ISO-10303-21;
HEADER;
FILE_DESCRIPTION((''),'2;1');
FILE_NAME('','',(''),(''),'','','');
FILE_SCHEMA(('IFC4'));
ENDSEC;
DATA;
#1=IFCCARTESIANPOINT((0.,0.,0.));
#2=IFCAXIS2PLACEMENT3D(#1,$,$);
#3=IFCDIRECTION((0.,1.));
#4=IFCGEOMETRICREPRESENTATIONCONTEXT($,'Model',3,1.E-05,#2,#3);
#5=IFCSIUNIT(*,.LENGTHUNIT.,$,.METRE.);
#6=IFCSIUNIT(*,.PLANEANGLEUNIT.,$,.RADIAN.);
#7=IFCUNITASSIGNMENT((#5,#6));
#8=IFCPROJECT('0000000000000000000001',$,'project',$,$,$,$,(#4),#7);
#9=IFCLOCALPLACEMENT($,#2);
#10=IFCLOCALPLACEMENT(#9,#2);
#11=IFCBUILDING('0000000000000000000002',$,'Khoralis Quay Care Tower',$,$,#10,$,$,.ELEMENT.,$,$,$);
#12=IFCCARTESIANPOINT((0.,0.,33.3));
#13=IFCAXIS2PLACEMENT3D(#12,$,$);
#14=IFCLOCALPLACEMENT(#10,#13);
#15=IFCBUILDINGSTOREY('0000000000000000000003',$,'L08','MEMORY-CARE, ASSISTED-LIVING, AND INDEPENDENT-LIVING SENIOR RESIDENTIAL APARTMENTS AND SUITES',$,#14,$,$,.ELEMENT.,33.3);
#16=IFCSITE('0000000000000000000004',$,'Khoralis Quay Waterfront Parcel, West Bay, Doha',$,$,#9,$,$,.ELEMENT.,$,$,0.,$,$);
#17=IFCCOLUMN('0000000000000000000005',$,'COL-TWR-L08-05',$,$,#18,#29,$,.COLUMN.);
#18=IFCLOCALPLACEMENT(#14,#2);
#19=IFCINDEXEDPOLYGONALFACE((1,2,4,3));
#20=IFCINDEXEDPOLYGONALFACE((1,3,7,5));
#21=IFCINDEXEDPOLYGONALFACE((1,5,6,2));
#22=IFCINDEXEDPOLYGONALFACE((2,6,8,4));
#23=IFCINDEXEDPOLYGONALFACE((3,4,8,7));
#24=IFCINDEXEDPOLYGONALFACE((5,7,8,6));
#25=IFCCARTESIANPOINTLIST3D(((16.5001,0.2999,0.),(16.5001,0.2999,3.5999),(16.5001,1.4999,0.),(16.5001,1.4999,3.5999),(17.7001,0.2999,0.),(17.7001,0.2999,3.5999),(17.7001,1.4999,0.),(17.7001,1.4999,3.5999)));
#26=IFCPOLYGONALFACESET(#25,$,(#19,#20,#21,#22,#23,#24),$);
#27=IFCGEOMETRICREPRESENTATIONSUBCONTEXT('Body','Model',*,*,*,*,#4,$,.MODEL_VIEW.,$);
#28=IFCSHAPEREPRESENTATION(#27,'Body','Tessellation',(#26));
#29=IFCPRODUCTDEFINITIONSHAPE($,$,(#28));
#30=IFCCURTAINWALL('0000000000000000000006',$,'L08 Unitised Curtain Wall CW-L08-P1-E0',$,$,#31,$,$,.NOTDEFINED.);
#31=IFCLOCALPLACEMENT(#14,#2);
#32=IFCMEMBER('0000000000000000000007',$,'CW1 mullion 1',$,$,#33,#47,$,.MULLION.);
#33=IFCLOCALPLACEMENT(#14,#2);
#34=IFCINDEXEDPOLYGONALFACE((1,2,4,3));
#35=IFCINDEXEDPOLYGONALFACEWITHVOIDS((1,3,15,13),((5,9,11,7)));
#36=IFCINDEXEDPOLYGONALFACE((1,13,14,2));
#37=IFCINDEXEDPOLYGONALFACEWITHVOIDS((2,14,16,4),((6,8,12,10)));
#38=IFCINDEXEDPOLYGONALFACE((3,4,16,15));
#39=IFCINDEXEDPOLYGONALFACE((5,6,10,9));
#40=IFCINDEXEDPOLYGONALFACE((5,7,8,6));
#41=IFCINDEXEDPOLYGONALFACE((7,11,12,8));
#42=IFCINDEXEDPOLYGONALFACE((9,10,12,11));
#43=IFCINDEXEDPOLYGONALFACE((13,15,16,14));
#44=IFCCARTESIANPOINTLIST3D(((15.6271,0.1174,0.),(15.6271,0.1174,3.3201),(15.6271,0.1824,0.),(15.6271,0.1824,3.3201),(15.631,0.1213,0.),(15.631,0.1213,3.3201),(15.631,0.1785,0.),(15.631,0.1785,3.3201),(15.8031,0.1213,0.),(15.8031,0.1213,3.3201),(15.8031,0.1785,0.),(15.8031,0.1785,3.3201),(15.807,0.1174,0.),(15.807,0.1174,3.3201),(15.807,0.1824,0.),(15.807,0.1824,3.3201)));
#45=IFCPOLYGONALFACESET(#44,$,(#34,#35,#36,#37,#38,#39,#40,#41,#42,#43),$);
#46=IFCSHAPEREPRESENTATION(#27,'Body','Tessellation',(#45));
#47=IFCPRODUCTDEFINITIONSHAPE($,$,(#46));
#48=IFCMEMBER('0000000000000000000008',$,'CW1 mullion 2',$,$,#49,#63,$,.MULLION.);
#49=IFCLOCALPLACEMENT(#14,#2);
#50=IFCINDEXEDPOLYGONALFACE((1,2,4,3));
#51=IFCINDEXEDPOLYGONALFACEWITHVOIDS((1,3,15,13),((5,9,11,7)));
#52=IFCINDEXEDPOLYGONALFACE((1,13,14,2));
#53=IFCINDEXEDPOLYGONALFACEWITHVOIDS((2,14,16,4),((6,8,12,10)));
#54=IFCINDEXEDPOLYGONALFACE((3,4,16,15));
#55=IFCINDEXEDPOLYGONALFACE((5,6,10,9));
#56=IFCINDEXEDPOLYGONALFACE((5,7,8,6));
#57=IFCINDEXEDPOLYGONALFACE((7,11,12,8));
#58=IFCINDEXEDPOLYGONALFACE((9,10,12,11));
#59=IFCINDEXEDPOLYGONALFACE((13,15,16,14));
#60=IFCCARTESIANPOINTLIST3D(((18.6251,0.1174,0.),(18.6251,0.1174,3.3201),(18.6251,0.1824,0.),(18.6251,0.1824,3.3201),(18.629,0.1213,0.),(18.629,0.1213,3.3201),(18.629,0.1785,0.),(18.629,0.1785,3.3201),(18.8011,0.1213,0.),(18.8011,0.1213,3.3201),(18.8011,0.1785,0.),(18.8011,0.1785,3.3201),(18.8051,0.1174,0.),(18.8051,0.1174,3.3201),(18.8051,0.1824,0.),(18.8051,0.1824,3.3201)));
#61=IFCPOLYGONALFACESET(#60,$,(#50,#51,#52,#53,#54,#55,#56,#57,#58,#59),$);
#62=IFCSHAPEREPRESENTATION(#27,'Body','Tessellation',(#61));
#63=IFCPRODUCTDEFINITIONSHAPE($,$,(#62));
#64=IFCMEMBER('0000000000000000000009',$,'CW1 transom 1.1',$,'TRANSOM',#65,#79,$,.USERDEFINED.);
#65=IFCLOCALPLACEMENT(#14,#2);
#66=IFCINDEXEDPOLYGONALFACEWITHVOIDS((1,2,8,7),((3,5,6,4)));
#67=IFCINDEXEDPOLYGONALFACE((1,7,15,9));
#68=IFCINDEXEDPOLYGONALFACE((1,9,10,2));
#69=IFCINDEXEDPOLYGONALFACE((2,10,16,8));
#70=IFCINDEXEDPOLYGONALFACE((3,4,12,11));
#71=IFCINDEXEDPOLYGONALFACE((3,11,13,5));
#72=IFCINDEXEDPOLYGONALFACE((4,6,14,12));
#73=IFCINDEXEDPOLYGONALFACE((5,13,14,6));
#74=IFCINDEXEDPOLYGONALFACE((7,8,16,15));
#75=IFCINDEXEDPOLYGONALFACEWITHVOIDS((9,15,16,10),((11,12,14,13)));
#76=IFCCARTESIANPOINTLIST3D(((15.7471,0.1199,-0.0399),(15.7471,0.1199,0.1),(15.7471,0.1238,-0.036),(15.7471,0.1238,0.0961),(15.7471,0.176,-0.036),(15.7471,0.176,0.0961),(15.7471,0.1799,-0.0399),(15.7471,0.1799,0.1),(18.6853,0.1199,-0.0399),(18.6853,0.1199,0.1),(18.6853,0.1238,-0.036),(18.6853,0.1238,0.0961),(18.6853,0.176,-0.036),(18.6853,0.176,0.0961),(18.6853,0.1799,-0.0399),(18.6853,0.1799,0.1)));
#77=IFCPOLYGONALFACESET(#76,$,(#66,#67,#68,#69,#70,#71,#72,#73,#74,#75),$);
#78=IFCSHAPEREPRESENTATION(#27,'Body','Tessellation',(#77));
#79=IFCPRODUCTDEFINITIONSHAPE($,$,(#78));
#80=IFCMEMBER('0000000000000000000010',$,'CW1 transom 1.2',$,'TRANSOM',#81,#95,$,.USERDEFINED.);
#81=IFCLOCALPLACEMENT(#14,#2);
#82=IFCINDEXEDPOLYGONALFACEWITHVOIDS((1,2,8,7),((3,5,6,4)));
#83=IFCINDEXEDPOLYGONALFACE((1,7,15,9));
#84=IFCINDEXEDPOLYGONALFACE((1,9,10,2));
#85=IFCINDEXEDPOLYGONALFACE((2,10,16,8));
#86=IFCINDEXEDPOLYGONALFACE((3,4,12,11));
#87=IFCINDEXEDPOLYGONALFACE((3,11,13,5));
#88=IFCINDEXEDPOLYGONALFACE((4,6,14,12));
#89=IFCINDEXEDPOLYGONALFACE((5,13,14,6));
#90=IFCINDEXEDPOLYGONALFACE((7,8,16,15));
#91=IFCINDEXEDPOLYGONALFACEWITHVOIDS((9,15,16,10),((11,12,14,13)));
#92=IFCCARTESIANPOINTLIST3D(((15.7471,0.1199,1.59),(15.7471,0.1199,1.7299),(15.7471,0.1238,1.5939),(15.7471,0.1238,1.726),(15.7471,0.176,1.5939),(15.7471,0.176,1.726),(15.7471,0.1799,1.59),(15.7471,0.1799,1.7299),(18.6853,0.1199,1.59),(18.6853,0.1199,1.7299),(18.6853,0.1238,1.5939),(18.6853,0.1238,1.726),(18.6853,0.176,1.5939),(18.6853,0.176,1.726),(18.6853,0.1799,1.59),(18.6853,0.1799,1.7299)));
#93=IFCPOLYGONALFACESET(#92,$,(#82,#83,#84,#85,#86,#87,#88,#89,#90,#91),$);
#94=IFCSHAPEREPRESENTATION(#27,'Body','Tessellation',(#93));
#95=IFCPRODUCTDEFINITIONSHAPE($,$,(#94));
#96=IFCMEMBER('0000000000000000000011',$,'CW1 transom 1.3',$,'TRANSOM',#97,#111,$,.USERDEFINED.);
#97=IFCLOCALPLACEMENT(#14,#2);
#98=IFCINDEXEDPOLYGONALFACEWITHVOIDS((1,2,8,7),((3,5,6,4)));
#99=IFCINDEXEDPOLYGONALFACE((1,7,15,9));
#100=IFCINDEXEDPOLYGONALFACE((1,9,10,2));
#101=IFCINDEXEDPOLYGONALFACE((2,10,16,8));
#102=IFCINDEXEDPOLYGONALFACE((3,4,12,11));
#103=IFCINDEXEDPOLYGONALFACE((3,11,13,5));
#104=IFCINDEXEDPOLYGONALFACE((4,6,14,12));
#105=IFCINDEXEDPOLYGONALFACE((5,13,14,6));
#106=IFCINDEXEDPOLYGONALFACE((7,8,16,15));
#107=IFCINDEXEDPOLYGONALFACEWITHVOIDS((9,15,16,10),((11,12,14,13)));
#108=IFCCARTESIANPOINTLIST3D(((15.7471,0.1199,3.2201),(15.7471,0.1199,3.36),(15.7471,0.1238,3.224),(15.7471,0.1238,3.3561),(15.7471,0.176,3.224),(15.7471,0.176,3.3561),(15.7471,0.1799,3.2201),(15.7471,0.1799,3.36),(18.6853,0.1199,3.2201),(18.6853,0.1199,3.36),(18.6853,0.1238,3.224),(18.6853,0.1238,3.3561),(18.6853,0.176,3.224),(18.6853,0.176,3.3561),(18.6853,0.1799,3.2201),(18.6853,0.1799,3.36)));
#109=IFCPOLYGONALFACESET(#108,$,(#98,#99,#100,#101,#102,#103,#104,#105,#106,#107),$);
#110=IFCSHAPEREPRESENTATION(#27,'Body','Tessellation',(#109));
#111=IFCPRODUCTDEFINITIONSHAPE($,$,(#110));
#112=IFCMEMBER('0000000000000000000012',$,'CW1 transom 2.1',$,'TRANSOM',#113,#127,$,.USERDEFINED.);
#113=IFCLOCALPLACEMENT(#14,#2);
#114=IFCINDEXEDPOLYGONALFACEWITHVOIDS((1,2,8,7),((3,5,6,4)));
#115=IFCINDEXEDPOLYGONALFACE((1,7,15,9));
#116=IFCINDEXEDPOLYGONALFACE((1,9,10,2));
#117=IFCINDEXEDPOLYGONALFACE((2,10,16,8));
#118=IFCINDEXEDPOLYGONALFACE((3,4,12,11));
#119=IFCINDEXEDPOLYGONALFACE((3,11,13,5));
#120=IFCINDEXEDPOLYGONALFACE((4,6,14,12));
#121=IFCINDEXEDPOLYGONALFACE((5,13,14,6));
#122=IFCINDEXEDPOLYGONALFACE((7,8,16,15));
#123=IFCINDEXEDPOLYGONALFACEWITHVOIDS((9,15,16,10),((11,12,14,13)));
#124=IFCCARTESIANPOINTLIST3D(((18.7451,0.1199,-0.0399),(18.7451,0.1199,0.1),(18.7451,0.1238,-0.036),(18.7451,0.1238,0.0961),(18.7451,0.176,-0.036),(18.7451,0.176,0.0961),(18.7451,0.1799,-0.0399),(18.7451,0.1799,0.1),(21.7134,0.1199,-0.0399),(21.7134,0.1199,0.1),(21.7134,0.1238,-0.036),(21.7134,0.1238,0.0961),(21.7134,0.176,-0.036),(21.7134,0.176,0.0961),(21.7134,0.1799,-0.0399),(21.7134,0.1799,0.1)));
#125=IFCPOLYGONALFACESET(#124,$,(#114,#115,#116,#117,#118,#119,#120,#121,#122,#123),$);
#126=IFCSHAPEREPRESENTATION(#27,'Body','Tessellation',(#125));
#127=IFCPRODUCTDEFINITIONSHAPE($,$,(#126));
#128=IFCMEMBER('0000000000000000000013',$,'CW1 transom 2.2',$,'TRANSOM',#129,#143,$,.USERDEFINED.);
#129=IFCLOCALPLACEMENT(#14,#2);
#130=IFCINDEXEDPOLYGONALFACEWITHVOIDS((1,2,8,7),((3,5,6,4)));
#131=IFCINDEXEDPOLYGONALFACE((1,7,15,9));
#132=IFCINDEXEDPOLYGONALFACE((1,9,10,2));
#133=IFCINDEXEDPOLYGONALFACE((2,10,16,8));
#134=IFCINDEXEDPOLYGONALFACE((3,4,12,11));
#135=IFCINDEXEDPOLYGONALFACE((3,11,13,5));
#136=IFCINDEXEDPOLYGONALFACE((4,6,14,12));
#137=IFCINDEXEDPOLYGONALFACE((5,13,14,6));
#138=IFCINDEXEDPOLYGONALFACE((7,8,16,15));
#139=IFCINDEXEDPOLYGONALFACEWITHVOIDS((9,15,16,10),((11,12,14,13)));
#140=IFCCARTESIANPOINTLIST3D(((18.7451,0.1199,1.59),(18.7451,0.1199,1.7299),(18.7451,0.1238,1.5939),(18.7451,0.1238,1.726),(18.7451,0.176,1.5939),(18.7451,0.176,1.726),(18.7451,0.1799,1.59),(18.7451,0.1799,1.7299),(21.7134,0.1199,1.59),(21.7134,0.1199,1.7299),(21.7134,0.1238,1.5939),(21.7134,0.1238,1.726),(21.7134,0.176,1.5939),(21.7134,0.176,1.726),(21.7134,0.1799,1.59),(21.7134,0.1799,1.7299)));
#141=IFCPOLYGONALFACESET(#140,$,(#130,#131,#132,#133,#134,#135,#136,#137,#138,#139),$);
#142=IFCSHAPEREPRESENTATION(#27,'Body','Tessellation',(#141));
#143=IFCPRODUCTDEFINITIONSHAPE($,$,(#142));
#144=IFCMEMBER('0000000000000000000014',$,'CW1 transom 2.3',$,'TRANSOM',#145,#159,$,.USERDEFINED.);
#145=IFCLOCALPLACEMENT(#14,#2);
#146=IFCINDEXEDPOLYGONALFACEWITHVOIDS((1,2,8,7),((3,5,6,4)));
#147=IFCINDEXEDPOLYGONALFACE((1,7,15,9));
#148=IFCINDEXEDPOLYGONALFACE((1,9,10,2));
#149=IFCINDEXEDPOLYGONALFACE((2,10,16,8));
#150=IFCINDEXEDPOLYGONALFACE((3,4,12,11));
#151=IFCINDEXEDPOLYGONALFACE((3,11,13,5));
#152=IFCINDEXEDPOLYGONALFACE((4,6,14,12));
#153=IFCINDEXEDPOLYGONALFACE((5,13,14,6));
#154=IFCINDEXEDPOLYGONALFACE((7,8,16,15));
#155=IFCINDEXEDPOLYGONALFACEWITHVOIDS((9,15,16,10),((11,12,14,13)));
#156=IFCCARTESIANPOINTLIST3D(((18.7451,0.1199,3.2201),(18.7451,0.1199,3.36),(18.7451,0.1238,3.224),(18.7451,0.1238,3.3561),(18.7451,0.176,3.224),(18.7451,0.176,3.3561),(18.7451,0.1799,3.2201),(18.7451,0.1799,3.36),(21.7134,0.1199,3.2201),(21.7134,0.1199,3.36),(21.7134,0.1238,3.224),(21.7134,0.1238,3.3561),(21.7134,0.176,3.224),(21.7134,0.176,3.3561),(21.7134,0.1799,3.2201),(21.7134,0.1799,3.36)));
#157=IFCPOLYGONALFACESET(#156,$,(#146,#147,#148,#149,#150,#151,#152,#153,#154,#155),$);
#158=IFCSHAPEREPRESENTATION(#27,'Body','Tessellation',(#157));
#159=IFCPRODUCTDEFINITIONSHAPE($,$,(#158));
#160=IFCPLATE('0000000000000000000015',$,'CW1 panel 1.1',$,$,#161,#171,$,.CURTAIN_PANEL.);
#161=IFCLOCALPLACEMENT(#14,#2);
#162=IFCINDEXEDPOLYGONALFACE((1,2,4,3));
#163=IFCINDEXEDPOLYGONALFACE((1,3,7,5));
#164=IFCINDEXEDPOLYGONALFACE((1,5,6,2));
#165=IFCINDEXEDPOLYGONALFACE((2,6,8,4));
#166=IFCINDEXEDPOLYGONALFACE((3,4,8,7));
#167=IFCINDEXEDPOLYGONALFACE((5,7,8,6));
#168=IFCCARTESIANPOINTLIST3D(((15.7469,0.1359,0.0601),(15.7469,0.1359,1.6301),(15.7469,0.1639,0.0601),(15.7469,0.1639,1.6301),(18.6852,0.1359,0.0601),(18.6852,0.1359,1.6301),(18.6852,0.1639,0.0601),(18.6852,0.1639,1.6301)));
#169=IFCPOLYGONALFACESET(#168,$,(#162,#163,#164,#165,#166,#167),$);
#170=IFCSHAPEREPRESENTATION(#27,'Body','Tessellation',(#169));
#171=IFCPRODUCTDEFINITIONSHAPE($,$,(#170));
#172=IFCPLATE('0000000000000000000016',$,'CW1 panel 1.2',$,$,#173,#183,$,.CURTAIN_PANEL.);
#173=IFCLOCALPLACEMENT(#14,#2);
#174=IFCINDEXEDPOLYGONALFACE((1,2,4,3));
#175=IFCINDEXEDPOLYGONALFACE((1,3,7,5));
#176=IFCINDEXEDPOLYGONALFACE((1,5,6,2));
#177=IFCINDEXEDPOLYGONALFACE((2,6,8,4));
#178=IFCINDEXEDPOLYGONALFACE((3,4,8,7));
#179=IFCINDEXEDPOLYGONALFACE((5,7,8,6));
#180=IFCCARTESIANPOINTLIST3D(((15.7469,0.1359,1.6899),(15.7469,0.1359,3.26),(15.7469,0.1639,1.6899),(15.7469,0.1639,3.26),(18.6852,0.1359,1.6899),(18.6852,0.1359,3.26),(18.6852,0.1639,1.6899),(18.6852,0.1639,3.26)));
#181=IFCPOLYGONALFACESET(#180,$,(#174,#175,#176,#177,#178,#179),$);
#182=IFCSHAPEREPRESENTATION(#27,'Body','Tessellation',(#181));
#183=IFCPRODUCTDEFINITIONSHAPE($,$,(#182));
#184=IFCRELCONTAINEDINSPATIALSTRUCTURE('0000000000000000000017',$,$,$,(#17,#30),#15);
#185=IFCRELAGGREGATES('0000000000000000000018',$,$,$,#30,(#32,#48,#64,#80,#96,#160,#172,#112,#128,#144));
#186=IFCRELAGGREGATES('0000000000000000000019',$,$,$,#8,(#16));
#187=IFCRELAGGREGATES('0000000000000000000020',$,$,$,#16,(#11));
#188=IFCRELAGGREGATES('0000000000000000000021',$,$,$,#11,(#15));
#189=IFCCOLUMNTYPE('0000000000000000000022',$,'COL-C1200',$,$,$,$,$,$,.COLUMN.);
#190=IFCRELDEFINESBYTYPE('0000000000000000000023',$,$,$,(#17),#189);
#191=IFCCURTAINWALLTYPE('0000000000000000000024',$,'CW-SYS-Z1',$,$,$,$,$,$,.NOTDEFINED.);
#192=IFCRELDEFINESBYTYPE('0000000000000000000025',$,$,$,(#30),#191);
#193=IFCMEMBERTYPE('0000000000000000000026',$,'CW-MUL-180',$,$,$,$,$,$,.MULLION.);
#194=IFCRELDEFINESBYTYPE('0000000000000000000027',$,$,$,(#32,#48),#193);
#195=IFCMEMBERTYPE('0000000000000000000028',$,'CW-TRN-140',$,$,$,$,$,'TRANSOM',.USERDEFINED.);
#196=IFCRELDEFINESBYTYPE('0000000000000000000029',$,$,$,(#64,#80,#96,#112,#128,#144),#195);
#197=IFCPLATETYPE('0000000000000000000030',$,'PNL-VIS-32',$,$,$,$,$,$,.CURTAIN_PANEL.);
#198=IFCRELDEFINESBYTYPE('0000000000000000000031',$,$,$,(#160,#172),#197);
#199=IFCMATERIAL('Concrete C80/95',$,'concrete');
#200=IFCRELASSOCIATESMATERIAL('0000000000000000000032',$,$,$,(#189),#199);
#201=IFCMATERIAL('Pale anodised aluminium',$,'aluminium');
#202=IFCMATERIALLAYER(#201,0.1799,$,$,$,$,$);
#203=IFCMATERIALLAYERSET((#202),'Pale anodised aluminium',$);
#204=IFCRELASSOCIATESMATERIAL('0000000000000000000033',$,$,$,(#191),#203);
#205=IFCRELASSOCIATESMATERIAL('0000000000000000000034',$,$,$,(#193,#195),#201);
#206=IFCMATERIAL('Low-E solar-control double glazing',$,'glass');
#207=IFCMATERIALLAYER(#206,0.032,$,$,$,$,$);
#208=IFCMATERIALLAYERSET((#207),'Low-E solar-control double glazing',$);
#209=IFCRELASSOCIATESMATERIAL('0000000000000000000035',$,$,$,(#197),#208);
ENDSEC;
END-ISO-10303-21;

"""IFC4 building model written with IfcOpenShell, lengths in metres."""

from ifc_helpers import new_model, si_unit, direction, frame, origin, origin_2d, place, context, subcontext, project, spatial, rectangle, hollow_rectangle, extrude, source, transform, mapped, material, layer, layer_set, material_profile, profile_set, type_object, element, aggregate, save


model = new_model("IFC4")

# Units and contexts
model_context = context("Model", 3, precision=1e-05, world=origin(), true_north=direction((0.0, 1.0)))
body_context = subcontext(model_context, "Body", "Model", "MODEL_VIEW")
ifc_project = project(units=[si_unit("LENGTHUNIT", "METRE"), si_unit("PLANEANGLEUNIT", "RADIAN")], contexts=[model_context])

# Site, building, storey
site_placement = place(None, origin())
site = spatial("IfcSite", under=ifc_project, at=site_placement, Name="Khoralis Quay Waterfront Parcel, West Bay, Doha", CompositionType="ELEMENT", RefElevation=0.0)
building_placement = place(site_placement, origin())
building = spatial("IfcBuilding", under=site, at=building_placement, Name="Khoralis Quay Care Tower", CompositionType="ELEMENT")
storey_placement = place(building_placement, frame((0.0, 0.0, 33.3)))
storey = spatial("IfcBuildingStorey", under=building, at=storey_placement, Name="L08", Description="MEMORY-CARE, ASSISTED-LIVING, AND INDEPENDENT-LIVING SENIOR RESIDENTIAL APARTMENTS AND SUITES", CompositionType="ELEMENT", Elevation=33.3)

# Column
ifc_material_1 = material(Name="Concrete C80/95", Category="concrete")
ifc_material_profile_1 = material_profile(ifc_material_1, rectangle(XDim=1.2, YDim=1.2, at=origin_2d()), Name="Concrete C80/95")
ifc_profile_set_1 = profile_set([ifc_material_profile_1], Name="Concrete C80/95")
column_type = type_object("IfcColumnType", Name="COL-C1200", PredefinedType="COLUMN", material=ifc_profile_set_1)
shared_shape_1 = source(origin(), body_context, "Body", "SweptSolid", [
    extrude(rectangle(XDim=1.2, YDim=1.2, at=origin_2d()), origin(), (0.0, 0.0, 1.0), 3.5999),
])
column_placement = place(storey_placement, frame((17.1001, 0.8999, 0.0), z_axis=(0.0, 0.0, 1.0), x_axis=(1.0, 0.0, 0.0)))
element("IfcColumn", 1, at=column_placement, inside=storey, type_object=column_type, Name="COL-TWR-L08-05", PredefinedType="COLUMN", context=body_context, shape_type="MappedRepresentation", body=[
    mapped(shared_shape_1, transform((0.0, 0.0, 0.0), scale=1.0)),
])

# Curtain wall, members, plates
ifc_material_2 = material(Name="Pale anodised aluminium", Category="aluminium")
ifc_layer_1 = layer(ifc_material_2, 0.1799)
ifc_layer_set_1 = layer_set([ifc_layer_1], Name="Pale anodised aluminium")
curtain_wall_type = type_object("IfcCurtainWallType", Name="CW-SYS-Z1", PredefinedType="NOTDEFINED", material=ifc_layer_set_1)
curtain_wall_placement = place(storey_placement, origin())
curtain_wall = element("IfcCurtainWall", 2, at=curtain_wall_placement, inside=storey, type_object=curtain_wall_type, Name="L08 Unitised Curtain Wall CW-L08-P1-E0", PredefinedType="NOTDEFINED")
ifc_material_profile_2 = material_profile(ifc_material_2, hollow_rectangle(XDim=0.0649, YDim=0.1799, WallThickness=0.0039, at=origin_2d()), Name="Pale anodised aluminium")
ifc_profile_set_2 = profile_set([ifc_material_profile_2], Name="Pale anodised aluminium")
member_type_1 = type_object("IfcMemberType", Name="CW-MUL-180", PredefinedType="MULLION", material=ifc_profile_set_2)
shared_shape_2 = source(origin(), body_context, "Body", "SweptSolid", [
    extrude(hollow_rectangle(XDim=0.0649, YDim=0.1799, WallThickness=0.0039, at=origin_2d()), origin(), (0.0, 0.0, 1.0), 3.3201),
])
member_1_placement = place(storey_placement, frame((15.717, 0.1499, 0.0), z_axis=(0.0, 0.0, 1.0), x_axis=(0.0, 1.0, 0.0)))
member_1 = element("IfcMember", 3, at=member_1_placement, type_object=member_type_1, Name="CW1 mullion 1", PredefinedType="MULLION", context=body_context, shape_type="MappedRepresentation", body=[
    mapped(shared_shape_2, transform((0.0, 0.0, 0.0), scale=1.0)),
])
member_2_placement = place(storey_placement, frame((18.7151, 0.1499, 0.0), z_axis=(0.0, 0.0, 1.0), x_axis=(0.0, 1.0, 0.0)))
member_2 = element("IfcMember", 4, at=member_2_placement, type_object=member_type_1, Name="CW1 mullion 2", PredefinedType="MULLION", context=body_context, shape_type="MappedRepresentation", body=[
    mapped(shared_shape_2, transform((0.0, 0.0, 0.0), scale=1.0)),
])
ifc_material_profile_3 = material_profile(ifc_material_2, hollow_rectangle(XDim=0.0601, YDim=0.1399, WallThickness=0.0039, at=origin_2d()), Name="Pale anodised aluminium")
ifc_profile_set_3 = profile_set([ifc_material_profile_3], Name="Pale anodised aluminium")
member_type_2 = type_object("IfcMemberType", Name="CW-TRN-140", ElementType="TRANSOM", PredefinedType="USERDEFINED", material=ifc_profile_set_3)
shared_shape_3 = source(origin(), body_context, "Body", "SweptSolid", [
    extrude(hollow_rectangle(XDim=0.0601, YDim=0.1399, WallThickness=0.0039, at=origin_2d()), origin(), (0.0, 0.0, 1.0), 2.9382),
])
member_3_placement = place(storey_placement, frame((15.7471, 0.1499, 0.03), z_axis=(1.0, 0.0, 0.0), x_axis=(0.0, 1.0, 0.0)))
member_3 = element("IfcMember", 5, at=member_3_placement, type_object=member_type_2, Name="CW1 transom 1.1", ObjectType="TRANSOM", PredefinedType="USERDEFINED", context=body_context, shape_type="MappedRepresentation", body=[
    mapped(shared_shape_3, transform((0.0, 0.0, 0.0), scale=1.0)),
])
member_4_placement = place(storey_placement, frame((15.7471, 0.1499, 1.6599), z_axis=(1.0, 0.0, 0.0), x_axis=(0.0, 1.0, 0.0)))
member_4 = element("IfcMember", 6, at=member_4_placement, type_object=member_type_2, Name="CW1 transom 1.2", ObjectType="TRANSOM", PredefinedType="USERDEFINED", context=body_context, shape_type="MappedRepresentation", body=[
    mapped(shared_shape_3, transform((0.0, 0.0, 0.0), scale=1.0)),
])
member_5_placement = place(storey_placement, frame((15.7471, 0.1499, 3.29), z_axis=(1.0, 0.0, 0.0), x_axis=(0.0, 1.0, 0.0)))
member_5 = element("IfcMember", 7, at=member_5_placement, type_object=member_type_2, Name="CW1 transom 1.3", ObjectType="TRANSOM", PredefinedType="USERDEFINED", context=body_context, shape_type="MappedRepresentation", body=[
    mapped(shared_shape_3, transform((0.0, 0.0, 0.0), scale=1.0)),
])
shared_shape_4 = source(origin(), body_context, "Body", "SweptSolid", [
    extrude(hollow_rectangle(XDim=0.0601, YDim=0.1399, WallThickness=0.0039, at=origin_2d()), origin(), (0.0, 0.0, 1.0), 2.9683),
])
member_6_placement = place(storey_placement, frame((18.7451, 0.1499, 0.03), z_axis=(1.0, 0.0, 0.0), x_axis=(0.0, 1.0, 0.0)))
member_6 = element("IfcMember", 8, at=member_6_placement, type_object=member_type_2, Name="CW1 transom 2.1", ObjectType="TRANSOM", PredefinedType="USERDEFINED", context=body_context, shape_type="MappedRepresentation", body=[
    mapped(shared_shape_4, transform((0.0, 0.0, 0.0), scale=1.0)),
])
member_7_placement = place(storey_placement, frame((18.7451, 0.1499, 1.6599), z_axis=(1.0, 0.0, 0.0), x_axis=(0.0, 1.0, 0.0)))
member_7 = element("IfcMember", 9, at=member_7_placement, type_object=member_type_2, Name="CW1 transom 2.2", ObjectType="TRANSOM", PredefinedType="USERDEFINED", context=body_context, shape_type="MappedRepresentation", body=[
    mapped(shared_shape_4, transform((0.0, 0.0, 0.0), scale=1.0)),
])
member_8_placement = place(storey_placement, frame((18.7451, 0.1499, 3.29), z_axis=(1.0, 0.0, 0.0), x_axis=(0.0, 1.0, 0.0)))
member_8 = element("IfcMember", 10, at=member_8_placement, type_object=member_type_2, Name="CW1 transom 2.3", ObjectType="TRANSOM", PredefinedType="USERDEFINED", context=body_context, shape_type="MappedRepresentation", body=[
    mapped(shared_shape_4, transform((0.0, 0.0, 0.0), scale=1.0)),
])
ifc_material_3 = material(Name="Low-E solar-control double glazing", Category="glass")
ifc_layer_2 = layer(ifc_material_3, 0.032)
ifc_layer_set_2 = layer_set([ifc_layer_2], Name="Low-E solar-control double glazing")
plate_type = type_object("IfcPlateType", Name="PNL-VIS-32", PredefinedType="CURTAIN_PANEL", material=ifc_layer_set_2)
shared_shape_5 = source(origin(), body_context, "Body", "SweptSolid", [
    extrude(rectangle(XDim=2.9382, YDim=0.0281, at=origin_2d()), origin(), (0.0, 0.0, 1.0), 1.5701),
])
plate_1_placement = place(storey_placement, frame((17.2161, 0.1499, 0.0601), z_axis=(0.0, 0.0, 1.0), x_axis=(1.0, 0.0, 0.0)))
plate_1 = element("IfcPlate", 11, at=plate_1_placement, type_object=plate_type, Name="CW1 panel 1.1", PredefinedType="CURTAIN_PANEL", context=body_context, shape_type="MappedRepresentation", body=[
    mapped(shared_shape_5, transform((0.0, 0.0, 0.0), scale=1.0)),
])
plate_2_placement = place(storey_placement, frame((17.2161, 0.1499, 1.6899), z_axis=(0.0, 0.0, 1.0), x_axis=(1.0, 0.0, 0.0)))
plate_2 = element("IfcPlate", 12, at=plate_2_placement, type_object=plate_type, Name="CW1 panel 1.2", PredefinedType="CURTAIN_PANEL", context=body_context, shape_type="MappedRepresentation", body=[
    mapped(shared_shape_5, transform((0.0, 0.0, 0.0), scale=1.0)),
])
aggregate(curtain_wall, [member_1, member_2, member_3, member_4, member_5, plate_1, plate_2, member_6, member_7, member_8])

save(model, "model.ifc")
